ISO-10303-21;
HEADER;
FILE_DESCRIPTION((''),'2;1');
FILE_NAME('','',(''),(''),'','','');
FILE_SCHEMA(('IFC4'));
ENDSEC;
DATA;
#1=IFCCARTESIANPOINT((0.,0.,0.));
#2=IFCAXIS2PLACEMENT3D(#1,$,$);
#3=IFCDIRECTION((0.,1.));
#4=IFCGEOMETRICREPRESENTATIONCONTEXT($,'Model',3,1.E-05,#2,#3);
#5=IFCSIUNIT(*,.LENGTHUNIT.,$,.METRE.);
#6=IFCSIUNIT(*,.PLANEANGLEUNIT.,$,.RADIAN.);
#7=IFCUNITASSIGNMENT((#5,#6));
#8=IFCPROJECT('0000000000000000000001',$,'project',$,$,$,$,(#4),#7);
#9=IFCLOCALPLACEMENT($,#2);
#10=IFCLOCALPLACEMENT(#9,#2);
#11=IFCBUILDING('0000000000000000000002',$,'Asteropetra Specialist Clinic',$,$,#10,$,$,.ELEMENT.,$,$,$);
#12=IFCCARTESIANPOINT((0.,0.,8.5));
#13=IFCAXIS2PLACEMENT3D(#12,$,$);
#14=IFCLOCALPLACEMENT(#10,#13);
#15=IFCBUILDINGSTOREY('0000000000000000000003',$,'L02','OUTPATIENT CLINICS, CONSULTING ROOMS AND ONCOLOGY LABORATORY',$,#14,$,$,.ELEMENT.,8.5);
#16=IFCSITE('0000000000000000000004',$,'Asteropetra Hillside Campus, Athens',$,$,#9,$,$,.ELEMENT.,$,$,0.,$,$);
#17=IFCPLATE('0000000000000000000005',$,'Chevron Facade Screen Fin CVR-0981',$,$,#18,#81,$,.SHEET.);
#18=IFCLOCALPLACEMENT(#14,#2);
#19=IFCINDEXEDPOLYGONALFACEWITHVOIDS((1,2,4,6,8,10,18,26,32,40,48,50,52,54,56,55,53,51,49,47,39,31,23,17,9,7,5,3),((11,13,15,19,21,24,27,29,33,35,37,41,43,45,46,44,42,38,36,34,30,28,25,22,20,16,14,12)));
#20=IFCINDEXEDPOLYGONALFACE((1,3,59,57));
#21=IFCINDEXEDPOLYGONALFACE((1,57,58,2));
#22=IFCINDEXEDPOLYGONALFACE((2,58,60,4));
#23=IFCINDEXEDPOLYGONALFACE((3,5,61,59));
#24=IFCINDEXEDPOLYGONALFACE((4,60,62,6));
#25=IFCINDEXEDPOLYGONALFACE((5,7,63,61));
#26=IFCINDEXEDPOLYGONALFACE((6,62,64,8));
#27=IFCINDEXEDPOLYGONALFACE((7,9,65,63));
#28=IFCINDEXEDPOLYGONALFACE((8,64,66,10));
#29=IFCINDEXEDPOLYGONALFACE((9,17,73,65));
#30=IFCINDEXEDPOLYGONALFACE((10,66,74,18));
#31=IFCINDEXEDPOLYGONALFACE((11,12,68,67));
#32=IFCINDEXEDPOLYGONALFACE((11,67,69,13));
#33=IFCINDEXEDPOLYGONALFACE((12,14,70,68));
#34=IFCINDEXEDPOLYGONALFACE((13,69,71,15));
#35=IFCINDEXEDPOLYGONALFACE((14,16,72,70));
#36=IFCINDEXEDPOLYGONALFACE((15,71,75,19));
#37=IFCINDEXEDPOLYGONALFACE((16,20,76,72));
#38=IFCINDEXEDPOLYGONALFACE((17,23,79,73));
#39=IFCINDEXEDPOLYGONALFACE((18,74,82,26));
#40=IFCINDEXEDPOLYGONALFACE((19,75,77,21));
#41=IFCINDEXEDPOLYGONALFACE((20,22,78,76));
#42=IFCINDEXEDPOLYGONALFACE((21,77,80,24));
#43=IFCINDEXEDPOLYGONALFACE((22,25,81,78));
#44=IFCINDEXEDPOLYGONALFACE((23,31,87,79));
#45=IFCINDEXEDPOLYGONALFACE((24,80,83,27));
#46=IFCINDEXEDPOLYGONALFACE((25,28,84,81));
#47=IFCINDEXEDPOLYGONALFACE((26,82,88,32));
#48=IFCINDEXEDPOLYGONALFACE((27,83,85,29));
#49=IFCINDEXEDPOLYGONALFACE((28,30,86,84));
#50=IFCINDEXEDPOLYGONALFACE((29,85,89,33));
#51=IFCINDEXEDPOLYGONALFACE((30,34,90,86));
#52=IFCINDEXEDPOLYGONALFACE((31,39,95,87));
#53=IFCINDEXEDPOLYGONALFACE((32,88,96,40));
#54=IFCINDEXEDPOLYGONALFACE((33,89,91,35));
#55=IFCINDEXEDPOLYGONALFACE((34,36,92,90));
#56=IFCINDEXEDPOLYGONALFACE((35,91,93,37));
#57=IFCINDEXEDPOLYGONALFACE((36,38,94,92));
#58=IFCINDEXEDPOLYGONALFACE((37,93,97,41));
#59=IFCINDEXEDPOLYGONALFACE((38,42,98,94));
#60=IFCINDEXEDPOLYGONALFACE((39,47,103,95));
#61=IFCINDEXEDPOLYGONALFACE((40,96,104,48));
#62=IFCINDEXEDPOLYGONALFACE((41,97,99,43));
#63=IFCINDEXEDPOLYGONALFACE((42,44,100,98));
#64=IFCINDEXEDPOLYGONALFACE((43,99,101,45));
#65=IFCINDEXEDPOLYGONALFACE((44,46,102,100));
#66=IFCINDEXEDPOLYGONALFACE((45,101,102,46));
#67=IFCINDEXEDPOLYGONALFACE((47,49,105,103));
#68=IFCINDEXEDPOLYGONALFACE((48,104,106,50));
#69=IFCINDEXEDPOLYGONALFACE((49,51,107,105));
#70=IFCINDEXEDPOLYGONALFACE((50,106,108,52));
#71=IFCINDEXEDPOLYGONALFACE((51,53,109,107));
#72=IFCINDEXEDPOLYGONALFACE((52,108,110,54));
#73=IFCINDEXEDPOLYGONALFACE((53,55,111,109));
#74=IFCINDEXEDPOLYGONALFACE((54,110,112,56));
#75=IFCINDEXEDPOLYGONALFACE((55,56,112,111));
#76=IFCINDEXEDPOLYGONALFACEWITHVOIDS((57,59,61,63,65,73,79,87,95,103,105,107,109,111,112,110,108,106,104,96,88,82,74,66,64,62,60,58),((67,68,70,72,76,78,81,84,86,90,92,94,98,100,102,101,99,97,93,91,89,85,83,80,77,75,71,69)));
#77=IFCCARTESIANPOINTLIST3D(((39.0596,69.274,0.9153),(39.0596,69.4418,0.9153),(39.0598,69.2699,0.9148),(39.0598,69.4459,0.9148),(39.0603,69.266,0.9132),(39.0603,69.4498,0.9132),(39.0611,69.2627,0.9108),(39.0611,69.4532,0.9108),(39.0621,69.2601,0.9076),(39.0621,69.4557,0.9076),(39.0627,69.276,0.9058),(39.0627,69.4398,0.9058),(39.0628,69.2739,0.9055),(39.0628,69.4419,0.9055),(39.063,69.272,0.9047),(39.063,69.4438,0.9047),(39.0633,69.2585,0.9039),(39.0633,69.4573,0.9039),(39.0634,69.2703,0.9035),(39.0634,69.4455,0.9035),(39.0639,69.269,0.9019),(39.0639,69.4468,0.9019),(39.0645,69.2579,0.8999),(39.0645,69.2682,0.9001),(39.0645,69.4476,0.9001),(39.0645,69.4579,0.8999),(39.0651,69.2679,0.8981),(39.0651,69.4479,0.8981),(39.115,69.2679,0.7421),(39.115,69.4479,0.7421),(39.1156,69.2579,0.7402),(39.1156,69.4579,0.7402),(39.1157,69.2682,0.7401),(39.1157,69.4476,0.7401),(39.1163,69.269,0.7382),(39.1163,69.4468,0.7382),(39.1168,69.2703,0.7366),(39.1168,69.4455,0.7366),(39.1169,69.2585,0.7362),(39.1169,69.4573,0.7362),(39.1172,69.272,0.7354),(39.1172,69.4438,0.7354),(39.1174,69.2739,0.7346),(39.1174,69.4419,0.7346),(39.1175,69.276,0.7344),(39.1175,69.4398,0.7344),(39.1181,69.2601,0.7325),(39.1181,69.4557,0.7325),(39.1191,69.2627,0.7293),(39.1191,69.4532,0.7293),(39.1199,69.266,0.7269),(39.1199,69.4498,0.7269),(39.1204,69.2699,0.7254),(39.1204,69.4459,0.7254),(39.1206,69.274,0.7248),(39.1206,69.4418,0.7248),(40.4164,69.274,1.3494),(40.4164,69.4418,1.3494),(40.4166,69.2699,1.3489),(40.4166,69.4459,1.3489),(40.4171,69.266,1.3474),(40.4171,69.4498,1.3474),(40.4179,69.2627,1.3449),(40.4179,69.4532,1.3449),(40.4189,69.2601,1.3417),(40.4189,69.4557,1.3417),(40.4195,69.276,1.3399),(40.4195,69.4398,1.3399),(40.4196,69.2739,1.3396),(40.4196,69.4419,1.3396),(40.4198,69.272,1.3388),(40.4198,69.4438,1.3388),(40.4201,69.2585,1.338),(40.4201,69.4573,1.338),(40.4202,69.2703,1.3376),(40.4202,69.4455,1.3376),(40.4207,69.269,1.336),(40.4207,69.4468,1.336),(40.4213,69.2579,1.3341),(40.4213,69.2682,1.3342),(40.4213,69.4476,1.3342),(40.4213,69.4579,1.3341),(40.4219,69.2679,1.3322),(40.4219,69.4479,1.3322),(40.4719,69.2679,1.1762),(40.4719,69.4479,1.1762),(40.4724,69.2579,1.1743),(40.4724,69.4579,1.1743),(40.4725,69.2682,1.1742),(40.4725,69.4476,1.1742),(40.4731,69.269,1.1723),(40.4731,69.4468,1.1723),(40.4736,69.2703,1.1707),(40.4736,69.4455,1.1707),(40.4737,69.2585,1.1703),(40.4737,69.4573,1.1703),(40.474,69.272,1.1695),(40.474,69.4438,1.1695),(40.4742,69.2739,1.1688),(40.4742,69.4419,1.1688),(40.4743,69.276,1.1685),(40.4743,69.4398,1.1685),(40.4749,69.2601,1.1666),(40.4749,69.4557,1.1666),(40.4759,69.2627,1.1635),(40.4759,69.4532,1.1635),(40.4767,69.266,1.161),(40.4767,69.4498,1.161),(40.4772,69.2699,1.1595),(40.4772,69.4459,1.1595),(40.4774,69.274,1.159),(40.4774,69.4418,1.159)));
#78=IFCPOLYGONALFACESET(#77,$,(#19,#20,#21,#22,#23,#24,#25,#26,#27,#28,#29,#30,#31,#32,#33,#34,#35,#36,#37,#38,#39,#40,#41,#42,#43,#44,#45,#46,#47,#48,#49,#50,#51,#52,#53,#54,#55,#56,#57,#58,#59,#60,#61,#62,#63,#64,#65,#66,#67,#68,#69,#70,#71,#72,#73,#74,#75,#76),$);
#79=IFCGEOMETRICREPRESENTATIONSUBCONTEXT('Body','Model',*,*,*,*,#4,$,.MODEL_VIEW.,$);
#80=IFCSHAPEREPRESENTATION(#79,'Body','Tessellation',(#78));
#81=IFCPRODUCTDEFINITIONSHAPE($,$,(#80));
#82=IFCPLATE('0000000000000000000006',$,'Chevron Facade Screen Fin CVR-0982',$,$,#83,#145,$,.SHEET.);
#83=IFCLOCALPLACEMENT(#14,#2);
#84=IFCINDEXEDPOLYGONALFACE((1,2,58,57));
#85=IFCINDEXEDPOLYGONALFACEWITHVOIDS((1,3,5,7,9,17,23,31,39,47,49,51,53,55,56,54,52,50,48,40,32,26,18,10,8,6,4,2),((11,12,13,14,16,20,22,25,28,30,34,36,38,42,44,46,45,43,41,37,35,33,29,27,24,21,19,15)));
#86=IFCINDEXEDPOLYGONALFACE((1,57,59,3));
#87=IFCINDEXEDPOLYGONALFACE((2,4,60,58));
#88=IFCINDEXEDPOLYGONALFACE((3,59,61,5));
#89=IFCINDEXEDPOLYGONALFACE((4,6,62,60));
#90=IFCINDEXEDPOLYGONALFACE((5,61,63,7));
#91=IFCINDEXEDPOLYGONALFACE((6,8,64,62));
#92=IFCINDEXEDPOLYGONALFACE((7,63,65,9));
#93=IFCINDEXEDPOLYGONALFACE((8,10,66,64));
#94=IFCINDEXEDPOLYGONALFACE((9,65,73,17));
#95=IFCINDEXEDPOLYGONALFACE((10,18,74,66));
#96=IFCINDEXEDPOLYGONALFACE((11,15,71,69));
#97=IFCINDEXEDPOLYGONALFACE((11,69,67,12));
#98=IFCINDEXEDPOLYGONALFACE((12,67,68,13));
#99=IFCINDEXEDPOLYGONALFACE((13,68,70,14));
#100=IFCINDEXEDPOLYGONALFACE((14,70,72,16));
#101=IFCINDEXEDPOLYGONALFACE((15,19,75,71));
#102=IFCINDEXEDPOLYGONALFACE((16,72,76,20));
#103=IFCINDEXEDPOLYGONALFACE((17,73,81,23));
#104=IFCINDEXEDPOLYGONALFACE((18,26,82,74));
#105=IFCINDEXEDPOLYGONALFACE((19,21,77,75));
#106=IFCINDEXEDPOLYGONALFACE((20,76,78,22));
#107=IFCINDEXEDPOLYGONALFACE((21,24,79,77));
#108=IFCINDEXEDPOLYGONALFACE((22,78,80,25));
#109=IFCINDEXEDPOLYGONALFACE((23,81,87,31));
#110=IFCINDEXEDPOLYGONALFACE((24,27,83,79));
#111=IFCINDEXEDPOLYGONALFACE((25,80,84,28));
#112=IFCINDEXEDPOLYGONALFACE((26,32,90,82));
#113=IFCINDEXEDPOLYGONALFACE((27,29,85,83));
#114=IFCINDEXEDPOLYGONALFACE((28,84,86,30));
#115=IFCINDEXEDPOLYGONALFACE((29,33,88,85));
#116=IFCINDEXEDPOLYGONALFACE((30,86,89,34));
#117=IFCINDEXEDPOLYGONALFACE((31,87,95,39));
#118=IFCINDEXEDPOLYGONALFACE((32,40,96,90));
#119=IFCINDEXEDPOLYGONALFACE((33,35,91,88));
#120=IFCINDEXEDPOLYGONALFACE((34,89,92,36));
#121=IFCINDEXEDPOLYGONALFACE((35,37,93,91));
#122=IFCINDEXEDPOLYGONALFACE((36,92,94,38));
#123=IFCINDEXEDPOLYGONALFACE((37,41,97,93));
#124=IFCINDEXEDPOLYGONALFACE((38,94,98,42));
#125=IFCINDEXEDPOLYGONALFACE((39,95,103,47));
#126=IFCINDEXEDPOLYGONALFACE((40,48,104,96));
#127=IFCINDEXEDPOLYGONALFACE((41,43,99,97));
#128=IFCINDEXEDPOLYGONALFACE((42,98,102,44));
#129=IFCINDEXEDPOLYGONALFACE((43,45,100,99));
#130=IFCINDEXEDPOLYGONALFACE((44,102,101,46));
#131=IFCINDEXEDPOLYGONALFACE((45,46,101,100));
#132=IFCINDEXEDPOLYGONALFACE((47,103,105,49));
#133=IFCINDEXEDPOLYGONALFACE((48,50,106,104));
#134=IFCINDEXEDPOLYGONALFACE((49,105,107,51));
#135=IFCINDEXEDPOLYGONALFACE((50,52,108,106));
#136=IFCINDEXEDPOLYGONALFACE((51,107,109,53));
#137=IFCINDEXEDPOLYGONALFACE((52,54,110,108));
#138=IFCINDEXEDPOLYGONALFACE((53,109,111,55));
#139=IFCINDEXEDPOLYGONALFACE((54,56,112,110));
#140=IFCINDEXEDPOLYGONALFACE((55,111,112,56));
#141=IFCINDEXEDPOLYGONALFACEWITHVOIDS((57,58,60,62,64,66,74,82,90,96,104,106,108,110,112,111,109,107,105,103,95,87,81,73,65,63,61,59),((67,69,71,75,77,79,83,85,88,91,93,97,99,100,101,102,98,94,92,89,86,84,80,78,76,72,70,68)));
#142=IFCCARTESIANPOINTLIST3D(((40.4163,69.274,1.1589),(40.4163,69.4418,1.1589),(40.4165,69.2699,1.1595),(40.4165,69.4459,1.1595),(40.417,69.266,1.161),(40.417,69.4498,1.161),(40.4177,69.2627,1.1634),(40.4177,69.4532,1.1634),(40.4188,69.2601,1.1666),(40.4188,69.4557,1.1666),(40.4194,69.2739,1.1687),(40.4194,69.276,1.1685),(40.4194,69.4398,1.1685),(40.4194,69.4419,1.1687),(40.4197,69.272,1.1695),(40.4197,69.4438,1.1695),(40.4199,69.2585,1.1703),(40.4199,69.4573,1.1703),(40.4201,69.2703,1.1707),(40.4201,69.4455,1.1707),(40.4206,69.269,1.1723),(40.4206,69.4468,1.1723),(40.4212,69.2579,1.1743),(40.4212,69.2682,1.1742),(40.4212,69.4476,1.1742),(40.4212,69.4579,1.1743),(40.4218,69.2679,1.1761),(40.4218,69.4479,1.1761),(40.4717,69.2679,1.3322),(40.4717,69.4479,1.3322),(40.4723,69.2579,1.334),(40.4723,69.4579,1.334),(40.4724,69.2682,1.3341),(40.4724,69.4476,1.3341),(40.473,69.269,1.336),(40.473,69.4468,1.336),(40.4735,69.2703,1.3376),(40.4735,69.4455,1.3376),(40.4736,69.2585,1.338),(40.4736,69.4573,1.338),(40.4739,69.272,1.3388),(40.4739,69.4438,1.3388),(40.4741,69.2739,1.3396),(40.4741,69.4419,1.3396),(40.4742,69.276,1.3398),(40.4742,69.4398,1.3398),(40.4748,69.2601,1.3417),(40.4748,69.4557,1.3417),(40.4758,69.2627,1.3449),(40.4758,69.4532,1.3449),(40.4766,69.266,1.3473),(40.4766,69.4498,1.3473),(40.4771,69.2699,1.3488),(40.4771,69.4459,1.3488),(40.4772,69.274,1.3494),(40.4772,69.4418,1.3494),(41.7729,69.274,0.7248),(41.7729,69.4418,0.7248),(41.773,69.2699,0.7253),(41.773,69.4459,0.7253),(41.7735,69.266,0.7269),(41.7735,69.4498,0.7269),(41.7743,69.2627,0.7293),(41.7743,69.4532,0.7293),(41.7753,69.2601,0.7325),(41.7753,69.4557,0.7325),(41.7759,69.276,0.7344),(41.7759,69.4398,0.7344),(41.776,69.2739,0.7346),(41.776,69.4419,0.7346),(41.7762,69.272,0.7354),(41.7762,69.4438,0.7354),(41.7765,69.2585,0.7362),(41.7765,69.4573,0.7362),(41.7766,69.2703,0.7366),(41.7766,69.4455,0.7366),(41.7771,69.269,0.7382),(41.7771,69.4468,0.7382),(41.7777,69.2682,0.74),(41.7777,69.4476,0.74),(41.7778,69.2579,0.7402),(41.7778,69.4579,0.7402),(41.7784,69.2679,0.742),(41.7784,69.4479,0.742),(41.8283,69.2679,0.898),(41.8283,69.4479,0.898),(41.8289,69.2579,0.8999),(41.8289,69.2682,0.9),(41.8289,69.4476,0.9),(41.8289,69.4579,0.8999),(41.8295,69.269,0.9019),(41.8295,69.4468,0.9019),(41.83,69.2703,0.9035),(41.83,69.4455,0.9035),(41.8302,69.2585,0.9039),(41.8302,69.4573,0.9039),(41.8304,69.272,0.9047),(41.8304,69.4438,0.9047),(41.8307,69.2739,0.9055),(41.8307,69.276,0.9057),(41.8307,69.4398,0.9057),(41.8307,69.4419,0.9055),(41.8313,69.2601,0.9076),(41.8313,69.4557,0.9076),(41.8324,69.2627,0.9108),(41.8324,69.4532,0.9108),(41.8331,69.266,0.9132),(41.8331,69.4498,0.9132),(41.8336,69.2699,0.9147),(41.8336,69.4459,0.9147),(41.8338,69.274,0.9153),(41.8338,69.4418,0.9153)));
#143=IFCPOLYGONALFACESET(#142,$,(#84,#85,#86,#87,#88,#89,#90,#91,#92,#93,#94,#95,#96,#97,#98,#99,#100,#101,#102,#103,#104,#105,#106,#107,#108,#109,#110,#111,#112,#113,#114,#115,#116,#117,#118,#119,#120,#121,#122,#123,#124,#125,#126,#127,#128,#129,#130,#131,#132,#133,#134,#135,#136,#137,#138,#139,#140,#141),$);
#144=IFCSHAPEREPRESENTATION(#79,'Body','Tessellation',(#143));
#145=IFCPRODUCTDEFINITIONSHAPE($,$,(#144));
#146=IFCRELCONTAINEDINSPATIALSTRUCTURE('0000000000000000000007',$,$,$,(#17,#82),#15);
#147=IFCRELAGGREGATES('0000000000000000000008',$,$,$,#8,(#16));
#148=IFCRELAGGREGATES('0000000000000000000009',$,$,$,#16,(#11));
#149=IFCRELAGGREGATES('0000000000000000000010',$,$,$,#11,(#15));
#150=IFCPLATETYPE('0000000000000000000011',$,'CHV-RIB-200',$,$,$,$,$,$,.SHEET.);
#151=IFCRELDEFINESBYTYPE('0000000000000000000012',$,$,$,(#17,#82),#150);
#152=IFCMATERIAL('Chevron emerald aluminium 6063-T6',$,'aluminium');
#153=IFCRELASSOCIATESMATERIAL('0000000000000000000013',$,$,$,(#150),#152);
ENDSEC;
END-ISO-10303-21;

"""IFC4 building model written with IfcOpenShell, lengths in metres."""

from ifc_helpers import new_model, si_unit, direction, frame, origin, origin_2d, place, context, subcontext, project, spatial, hollow_rectangle, extrude, material, material_profile, profile_set, type_object, element, save


model = new_model("IFC4")

# Units and contexts
model_context = context("Model", 3, precision=1e-05, world=origin(), true_north=direction((0.0, 1.0)))
body_context = subcontext(model_context, "Body", "Model", "MODEL_VIEW")
ifc_project = project(units=[si_unit("LENGTHUNIT", "METRE"), si_unit("PLANEANGLEUNIT", "RADIAN")], contexts=[model_context])

# Site, building, storey
site_placement = place(None, origin())
site = spatial("IfcSite", under=ifc_project, at=site_placement, Name="Asteropetra Hillside Campus, Athens", CompositionType="ELEMENT", RefElevation=0.0)
building_placement = place(site_placement, origin())
building = spatial("IfcBuilding", under=site, at=building_placement, Name="Asteropetra Specialist Clinic", CompositionType="ELEMENT")
storey_placement = place(building_placement, frame((0.0, 0.0, 8.5)))
storey = spatial("IfcBuildingStorey", under=building, at=storey_placement, Name="L02", Description="OUTPATIENT CLINICS, CONSULTING ROOMS AND ONCOLOGY LABORATORY", CompositionType="ELEMENT", Elevation=8.5)

# Plates
ifc_material = material(Name="Chevron emerald aluminium 6063-T6", Category="aluminium")
ifc_material_profile = material_profile(ifc_material, hollow_rectangle(XDim=0.2, YDim=0.2, WallThickness=0.01, InnerFilletRadius=0.0081, OuterFilletRadius=0.0161, at=origin_2d()), Name="SHS 200x200x10.0")
ifc_profile_set = profile_set([ifc_material_profile], Name="Chevron emerald aluminium 6063-T6")
plate_type = type_object("IfcPlateType", Name="CHV-RIB-200", PredefinedType="SHEET", material=ifc_profile_set)
plate_1_placement = place(storey_placement, frame((39.0901, 69.3579, 0.8201), z_axis=(0.952436, 0.0, 0.304738), x_axis=(0.0, 1.0, 0.0)))
element("IfcPlate", 1, at=plate_1_placement, inside=storey, type_object=plate_type, Name="Chevron Facade Screen Fin CVR-0981", PredefinedType="SHEET", context=body_context, shape_type="SweptSolid", body=[
    extrude(hollow_rectangle(XDim=0.2, YDim=0.2, WallThickness=0.01, InnerFilletRadius=0.0081, OuterFilletRadius=0.0161, at=origin_2d()), origin(), (0.0, 0.0, 1.0), 1.4246),
])
plate_2_placement = place(storey_placement, frame((40.4468, 69.3579, 1.2542), z_axis=(0.95242, 0.0, -0.304788), x_axis=(0.0, 1.0, 0.0)))
element("IfcPlate", 2, at=plate_2_placement, inside=storey, type_object=plate_type, Name="Chevron Facade Screen Fin CVR-0982", PredefinedType="SHEET", context=body_context, shape_type="SweptSolid", body=[
    extrude(hollow_rectangle(XDim=0.2, YDim=0.2, WallThickness=0.01, InnerFilletRadius=0.0081, OuterFilletRadius=0.0161, at=origin_2d()), origin(), (0.0, 0.0, 1.0), 1.4243),
])

save(model, "model.ifc")
